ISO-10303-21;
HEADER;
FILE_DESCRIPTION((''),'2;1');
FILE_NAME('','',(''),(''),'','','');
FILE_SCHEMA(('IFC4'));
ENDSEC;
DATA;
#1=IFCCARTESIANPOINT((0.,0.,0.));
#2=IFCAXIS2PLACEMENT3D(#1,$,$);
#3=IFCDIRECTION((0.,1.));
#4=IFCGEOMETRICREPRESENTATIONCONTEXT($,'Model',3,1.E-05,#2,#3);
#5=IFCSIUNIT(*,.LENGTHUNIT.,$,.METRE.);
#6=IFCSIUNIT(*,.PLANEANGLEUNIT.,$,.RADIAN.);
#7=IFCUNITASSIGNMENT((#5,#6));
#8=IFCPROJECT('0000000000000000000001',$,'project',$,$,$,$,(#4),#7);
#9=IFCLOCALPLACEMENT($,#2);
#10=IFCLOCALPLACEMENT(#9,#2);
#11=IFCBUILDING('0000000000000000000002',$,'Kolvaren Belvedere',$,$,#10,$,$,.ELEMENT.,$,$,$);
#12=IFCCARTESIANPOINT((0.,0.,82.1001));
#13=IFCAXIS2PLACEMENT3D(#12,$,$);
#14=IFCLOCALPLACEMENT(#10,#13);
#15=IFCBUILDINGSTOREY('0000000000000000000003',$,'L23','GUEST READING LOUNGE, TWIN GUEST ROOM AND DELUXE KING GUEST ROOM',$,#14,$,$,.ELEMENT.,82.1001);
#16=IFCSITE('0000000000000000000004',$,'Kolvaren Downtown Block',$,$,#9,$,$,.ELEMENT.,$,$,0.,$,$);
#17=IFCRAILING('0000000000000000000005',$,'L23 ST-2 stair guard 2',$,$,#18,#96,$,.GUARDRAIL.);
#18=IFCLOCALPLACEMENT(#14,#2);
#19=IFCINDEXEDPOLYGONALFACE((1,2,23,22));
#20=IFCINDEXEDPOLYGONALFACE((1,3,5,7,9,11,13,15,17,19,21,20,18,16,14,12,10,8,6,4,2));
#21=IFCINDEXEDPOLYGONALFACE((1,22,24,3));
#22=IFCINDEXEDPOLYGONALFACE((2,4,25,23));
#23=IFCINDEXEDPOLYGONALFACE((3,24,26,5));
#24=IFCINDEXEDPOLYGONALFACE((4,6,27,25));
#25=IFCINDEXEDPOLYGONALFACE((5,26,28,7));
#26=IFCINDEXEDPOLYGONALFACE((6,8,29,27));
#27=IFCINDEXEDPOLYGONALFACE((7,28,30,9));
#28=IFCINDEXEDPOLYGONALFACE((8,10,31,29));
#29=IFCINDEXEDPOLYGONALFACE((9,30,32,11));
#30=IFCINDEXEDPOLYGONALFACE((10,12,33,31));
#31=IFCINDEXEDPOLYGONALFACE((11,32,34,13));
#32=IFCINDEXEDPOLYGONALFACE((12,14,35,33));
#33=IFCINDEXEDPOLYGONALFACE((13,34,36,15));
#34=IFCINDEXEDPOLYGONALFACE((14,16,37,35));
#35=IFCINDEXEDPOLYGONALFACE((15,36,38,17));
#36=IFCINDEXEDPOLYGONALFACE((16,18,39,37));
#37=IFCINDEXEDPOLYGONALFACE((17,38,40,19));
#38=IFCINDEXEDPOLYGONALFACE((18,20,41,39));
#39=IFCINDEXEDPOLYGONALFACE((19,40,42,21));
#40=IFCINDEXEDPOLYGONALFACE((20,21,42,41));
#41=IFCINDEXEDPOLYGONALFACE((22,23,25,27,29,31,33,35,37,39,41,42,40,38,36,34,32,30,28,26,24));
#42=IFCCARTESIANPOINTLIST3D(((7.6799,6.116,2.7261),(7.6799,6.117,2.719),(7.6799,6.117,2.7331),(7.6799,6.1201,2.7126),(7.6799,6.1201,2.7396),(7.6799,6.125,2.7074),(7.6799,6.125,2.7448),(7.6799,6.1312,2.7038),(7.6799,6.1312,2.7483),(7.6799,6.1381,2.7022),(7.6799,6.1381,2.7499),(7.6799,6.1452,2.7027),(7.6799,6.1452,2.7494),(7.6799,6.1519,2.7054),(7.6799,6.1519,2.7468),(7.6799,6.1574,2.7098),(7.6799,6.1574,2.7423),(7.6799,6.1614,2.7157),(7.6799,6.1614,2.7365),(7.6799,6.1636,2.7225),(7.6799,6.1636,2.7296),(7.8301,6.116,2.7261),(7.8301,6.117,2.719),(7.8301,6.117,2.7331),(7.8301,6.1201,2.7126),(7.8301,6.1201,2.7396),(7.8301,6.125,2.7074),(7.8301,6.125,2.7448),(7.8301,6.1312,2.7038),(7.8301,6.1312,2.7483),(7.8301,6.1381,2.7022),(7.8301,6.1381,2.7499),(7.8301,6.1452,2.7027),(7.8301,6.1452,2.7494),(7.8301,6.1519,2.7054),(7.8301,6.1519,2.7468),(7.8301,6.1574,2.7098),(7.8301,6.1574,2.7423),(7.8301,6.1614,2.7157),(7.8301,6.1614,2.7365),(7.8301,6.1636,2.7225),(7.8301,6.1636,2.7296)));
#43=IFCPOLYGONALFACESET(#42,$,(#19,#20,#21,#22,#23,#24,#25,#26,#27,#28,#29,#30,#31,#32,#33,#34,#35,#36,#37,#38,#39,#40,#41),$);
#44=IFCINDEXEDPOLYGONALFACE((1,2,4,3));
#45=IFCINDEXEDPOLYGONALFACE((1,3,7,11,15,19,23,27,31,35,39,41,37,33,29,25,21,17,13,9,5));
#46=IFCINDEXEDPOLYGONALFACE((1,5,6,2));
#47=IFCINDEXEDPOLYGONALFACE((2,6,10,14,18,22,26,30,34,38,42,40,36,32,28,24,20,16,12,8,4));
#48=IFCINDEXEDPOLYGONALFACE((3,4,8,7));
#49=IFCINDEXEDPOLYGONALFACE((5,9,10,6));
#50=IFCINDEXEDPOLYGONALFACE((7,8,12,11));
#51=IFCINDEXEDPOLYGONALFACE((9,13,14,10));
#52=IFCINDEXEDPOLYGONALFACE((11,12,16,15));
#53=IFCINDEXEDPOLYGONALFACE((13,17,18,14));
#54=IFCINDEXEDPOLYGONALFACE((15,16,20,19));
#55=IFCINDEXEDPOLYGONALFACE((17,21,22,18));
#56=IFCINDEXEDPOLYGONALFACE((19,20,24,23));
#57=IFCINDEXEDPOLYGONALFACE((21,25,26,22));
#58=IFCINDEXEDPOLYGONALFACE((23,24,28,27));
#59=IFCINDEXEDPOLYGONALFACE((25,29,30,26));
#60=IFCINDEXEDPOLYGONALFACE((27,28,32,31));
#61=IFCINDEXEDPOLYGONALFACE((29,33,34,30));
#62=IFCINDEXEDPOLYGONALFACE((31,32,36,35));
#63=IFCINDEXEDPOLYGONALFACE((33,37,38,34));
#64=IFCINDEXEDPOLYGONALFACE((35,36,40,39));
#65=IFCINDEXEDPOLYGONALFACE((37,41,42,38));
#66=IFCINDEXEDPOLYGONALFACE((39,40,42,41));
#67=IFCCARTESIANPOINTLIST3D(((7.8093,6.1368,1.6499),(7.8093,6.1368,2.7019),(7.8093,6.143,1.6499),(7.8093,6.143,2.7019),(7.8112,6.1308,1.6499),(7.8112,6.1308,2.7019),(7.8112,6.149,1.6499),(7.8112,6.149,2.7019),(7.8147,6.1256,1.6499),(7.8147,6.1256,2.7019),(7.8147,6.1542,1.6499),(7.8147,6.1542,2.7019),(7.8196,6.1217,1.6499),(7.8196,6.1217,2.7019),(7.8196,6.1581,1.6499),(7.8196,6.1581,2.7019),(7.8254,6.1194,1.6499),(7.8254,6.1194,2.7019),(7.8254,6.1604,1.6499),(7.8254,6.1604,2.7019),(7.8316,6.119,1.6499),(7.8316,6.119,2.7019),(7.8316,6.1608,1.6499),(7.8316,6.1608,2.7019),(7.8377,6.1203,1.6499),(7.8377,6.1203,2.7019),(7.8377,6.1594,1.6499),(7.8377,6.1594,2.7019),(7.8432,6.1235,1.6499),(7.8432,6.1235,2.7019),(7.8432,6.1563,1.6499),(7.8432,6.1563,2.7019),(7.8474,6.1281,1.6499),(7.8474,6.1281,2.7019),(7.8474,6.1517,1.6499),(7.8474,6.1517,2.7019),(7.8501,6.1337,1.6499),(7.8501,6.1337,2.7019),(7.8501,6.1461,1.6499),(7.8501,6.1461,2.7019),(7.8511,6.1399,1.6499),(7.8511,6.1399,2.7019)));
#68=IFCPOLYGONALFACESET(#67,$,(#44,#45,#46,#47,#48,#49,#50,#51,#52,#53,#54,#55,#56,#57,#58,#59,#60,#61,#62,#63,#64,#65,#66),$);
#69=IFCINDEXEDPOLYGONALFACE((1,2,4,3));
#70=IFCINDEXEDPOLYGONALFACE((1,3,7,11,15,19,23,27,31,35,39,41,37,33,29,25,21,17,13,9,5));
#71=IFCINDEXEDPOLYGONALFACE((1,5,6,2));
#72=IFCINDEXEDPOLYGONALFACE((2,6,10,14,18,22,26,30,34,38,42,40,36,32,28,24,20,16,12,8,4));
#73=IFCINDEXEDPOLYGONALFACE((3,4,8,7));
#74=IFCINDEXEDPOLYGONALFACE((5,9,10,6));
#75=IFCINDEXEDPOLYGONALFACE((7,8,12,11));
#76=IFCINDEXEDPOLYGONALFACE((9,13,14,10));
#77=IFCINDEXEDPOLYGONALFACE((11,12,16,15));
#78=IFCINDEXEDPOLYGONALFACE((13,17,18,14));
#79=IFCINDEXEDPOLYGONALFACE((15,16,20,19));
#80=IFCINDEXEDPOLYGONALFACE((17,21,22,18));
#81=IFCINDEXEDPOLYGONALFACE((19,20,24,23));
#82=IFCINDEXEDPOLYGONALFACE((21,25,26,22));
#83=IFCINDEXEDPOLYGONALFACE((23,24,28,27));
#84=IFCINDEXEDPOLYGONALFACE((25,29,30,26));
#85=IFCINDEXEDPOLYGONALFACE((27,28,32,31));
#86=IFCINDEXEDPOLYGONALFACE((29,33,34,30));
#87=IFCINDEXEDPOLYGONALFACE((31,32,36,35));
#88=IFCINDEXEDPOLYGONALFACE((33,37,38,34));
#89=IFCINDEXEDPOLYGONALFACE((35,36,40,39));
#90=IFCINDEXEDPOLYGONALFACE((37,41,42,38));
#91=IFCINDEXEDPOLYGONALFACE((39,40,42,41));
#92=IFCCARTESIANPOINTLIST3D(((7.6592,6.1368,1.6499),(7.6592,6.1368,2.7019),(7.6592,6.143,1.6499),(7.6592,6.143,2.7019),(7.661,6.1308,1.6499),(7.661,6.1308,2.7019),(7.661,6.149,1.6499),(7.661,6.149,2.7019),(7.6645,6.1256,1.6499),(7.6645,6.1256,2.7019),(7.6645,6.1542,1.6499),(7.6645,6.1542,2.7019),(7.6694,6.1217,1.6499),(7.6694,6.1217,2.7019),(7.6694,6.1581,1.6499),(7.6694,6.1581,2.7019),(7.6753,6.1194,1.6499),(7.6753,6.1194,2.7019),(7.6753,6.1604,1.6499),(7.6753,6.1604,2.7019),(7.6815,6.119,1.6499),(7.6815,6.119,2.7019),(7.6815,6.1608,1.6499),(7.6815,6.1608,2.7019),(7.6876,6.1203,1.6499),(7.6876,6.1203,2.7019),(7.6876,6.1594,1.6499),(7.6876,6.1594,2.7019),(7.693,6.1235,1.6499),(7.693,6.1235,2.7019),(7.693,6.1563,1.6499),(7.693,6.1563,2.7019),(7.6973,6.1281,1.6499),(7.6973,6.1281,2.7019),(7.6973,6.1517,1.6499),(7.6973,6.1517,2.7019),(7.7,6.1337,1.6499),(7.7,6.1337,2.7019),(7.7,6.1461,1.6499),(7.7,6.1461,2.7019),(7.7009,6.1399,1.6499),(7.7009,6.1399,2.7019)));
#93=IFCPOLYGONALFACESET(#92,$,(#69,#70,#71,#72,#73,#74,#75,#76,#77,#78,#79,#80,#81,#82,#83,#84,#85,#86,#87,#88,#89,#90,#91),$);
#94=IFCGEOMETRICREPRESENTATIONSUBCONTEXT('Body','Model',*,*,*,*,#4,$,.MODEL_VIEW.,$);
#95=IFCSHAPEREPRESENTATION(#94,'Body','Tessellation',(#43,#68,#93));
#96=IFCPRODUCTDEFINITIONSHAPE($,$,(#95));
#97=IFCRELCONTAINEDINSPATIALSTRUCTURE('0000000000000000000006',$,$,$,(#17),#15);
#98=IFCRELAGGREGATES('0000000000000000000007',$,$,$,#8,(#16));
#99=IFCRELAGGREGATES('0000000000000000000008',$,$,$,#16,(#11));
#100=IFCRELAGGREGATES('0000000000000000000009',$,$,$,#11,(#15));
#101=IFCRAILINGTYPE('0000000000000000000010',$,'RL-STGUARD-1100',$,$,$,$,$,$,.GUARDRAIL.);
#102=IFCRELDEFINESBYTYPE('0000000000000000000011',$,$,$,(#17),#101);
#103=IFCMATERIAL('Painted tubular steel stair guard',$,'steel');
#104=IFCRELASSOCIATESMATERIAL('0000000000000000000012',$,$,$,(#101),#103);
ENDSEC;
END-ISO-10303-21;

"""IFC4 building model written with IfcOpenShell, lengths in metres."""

from ifc_helpers import new_model, si_unit, direction, frame, origin, origin_2d, place, context, subcontext, project, spatial, circle, extrude, material, type_object, element, save


model = new_model("IFC4")

# Units and contexts
model_context = context("Model", 3, precision=1e-05, world=origin(), true_north=direction((0.0, 1.0)))
body_context = subcontext(model_context, "Body", "Model", "MODEL_VIEW")
ifc_project = project(units=[si_unit("LENGTHUNIT", "METRE"), si_unit("PLANEANGLEUNIT", "RADIAN")], contexts=[model_context])

# Site, building, storey
site_placement = place(None, origin())
site = spatial("IfcSite", under=ifc_project, at=site_placement, Name="Kolvaren Downtown Block", CompositionType="ELEMENT", RefElevation=0.0)
building_placement = place(site_placement, origin())
building = spatial("IfcBuilding", under=site, at=building_placement, Name="Kolvaren Belvedere", CompositionType="ELEMENT")
storey_placement = place(building_placement, frame((0.0, 0.0, 82.1001)))
storey = spatial("IfcBuildingStorey", under=building, at=storey_placement, Name="L23", Description="GUEST READING LOUNGE, TWIN GUEST ROOM AND DELUXE KING GUEST ROOM", CompositionType="ELEMENT", Elevation=82.1001)

# Railing
ifc_material_1 = material(Name="Painted tubular steel stair guard", Category="steel")
railing_type_1 = type_object("IfcRailingType", Name="RL-STGUARD-1100", PredefinedType="GUARDRAIL", material=ifc_material_1)
railing_1_placement = place(storey_placement, frame((7.8301, 6.1399, 1.6499)))
element("IfcRailing", 1, at=railing_1_placement, inside=storey, type_object=railing_type_1, Name="L23 ST-2 stair guard 2", PredefinedType="GUARDRAIL", context=body_context, shape_type="SweptSolid", body=[
    extrude(circle(Radius=0.0239, at=origin_2d()), frame((0.0, 0.0, 1.0762), z_axis=(-1.0, 0.0, 0.0), x_axis=(0.0, -1.0, 0.0)), (0.0, 0.0, 1.0), 0.1501),
    extrude(circle(Radius=0.021, at=origin_2d()), origin(), (0.0, 0.0, 1.0), 1.052),
    extrude(circle(Radius=0.021, at=origin_2d()), frame((-0.1501, 0.0, 0.0)), (0.0, 0.0, 1.0), 1.052),
])

save(model, "model.ifc")
